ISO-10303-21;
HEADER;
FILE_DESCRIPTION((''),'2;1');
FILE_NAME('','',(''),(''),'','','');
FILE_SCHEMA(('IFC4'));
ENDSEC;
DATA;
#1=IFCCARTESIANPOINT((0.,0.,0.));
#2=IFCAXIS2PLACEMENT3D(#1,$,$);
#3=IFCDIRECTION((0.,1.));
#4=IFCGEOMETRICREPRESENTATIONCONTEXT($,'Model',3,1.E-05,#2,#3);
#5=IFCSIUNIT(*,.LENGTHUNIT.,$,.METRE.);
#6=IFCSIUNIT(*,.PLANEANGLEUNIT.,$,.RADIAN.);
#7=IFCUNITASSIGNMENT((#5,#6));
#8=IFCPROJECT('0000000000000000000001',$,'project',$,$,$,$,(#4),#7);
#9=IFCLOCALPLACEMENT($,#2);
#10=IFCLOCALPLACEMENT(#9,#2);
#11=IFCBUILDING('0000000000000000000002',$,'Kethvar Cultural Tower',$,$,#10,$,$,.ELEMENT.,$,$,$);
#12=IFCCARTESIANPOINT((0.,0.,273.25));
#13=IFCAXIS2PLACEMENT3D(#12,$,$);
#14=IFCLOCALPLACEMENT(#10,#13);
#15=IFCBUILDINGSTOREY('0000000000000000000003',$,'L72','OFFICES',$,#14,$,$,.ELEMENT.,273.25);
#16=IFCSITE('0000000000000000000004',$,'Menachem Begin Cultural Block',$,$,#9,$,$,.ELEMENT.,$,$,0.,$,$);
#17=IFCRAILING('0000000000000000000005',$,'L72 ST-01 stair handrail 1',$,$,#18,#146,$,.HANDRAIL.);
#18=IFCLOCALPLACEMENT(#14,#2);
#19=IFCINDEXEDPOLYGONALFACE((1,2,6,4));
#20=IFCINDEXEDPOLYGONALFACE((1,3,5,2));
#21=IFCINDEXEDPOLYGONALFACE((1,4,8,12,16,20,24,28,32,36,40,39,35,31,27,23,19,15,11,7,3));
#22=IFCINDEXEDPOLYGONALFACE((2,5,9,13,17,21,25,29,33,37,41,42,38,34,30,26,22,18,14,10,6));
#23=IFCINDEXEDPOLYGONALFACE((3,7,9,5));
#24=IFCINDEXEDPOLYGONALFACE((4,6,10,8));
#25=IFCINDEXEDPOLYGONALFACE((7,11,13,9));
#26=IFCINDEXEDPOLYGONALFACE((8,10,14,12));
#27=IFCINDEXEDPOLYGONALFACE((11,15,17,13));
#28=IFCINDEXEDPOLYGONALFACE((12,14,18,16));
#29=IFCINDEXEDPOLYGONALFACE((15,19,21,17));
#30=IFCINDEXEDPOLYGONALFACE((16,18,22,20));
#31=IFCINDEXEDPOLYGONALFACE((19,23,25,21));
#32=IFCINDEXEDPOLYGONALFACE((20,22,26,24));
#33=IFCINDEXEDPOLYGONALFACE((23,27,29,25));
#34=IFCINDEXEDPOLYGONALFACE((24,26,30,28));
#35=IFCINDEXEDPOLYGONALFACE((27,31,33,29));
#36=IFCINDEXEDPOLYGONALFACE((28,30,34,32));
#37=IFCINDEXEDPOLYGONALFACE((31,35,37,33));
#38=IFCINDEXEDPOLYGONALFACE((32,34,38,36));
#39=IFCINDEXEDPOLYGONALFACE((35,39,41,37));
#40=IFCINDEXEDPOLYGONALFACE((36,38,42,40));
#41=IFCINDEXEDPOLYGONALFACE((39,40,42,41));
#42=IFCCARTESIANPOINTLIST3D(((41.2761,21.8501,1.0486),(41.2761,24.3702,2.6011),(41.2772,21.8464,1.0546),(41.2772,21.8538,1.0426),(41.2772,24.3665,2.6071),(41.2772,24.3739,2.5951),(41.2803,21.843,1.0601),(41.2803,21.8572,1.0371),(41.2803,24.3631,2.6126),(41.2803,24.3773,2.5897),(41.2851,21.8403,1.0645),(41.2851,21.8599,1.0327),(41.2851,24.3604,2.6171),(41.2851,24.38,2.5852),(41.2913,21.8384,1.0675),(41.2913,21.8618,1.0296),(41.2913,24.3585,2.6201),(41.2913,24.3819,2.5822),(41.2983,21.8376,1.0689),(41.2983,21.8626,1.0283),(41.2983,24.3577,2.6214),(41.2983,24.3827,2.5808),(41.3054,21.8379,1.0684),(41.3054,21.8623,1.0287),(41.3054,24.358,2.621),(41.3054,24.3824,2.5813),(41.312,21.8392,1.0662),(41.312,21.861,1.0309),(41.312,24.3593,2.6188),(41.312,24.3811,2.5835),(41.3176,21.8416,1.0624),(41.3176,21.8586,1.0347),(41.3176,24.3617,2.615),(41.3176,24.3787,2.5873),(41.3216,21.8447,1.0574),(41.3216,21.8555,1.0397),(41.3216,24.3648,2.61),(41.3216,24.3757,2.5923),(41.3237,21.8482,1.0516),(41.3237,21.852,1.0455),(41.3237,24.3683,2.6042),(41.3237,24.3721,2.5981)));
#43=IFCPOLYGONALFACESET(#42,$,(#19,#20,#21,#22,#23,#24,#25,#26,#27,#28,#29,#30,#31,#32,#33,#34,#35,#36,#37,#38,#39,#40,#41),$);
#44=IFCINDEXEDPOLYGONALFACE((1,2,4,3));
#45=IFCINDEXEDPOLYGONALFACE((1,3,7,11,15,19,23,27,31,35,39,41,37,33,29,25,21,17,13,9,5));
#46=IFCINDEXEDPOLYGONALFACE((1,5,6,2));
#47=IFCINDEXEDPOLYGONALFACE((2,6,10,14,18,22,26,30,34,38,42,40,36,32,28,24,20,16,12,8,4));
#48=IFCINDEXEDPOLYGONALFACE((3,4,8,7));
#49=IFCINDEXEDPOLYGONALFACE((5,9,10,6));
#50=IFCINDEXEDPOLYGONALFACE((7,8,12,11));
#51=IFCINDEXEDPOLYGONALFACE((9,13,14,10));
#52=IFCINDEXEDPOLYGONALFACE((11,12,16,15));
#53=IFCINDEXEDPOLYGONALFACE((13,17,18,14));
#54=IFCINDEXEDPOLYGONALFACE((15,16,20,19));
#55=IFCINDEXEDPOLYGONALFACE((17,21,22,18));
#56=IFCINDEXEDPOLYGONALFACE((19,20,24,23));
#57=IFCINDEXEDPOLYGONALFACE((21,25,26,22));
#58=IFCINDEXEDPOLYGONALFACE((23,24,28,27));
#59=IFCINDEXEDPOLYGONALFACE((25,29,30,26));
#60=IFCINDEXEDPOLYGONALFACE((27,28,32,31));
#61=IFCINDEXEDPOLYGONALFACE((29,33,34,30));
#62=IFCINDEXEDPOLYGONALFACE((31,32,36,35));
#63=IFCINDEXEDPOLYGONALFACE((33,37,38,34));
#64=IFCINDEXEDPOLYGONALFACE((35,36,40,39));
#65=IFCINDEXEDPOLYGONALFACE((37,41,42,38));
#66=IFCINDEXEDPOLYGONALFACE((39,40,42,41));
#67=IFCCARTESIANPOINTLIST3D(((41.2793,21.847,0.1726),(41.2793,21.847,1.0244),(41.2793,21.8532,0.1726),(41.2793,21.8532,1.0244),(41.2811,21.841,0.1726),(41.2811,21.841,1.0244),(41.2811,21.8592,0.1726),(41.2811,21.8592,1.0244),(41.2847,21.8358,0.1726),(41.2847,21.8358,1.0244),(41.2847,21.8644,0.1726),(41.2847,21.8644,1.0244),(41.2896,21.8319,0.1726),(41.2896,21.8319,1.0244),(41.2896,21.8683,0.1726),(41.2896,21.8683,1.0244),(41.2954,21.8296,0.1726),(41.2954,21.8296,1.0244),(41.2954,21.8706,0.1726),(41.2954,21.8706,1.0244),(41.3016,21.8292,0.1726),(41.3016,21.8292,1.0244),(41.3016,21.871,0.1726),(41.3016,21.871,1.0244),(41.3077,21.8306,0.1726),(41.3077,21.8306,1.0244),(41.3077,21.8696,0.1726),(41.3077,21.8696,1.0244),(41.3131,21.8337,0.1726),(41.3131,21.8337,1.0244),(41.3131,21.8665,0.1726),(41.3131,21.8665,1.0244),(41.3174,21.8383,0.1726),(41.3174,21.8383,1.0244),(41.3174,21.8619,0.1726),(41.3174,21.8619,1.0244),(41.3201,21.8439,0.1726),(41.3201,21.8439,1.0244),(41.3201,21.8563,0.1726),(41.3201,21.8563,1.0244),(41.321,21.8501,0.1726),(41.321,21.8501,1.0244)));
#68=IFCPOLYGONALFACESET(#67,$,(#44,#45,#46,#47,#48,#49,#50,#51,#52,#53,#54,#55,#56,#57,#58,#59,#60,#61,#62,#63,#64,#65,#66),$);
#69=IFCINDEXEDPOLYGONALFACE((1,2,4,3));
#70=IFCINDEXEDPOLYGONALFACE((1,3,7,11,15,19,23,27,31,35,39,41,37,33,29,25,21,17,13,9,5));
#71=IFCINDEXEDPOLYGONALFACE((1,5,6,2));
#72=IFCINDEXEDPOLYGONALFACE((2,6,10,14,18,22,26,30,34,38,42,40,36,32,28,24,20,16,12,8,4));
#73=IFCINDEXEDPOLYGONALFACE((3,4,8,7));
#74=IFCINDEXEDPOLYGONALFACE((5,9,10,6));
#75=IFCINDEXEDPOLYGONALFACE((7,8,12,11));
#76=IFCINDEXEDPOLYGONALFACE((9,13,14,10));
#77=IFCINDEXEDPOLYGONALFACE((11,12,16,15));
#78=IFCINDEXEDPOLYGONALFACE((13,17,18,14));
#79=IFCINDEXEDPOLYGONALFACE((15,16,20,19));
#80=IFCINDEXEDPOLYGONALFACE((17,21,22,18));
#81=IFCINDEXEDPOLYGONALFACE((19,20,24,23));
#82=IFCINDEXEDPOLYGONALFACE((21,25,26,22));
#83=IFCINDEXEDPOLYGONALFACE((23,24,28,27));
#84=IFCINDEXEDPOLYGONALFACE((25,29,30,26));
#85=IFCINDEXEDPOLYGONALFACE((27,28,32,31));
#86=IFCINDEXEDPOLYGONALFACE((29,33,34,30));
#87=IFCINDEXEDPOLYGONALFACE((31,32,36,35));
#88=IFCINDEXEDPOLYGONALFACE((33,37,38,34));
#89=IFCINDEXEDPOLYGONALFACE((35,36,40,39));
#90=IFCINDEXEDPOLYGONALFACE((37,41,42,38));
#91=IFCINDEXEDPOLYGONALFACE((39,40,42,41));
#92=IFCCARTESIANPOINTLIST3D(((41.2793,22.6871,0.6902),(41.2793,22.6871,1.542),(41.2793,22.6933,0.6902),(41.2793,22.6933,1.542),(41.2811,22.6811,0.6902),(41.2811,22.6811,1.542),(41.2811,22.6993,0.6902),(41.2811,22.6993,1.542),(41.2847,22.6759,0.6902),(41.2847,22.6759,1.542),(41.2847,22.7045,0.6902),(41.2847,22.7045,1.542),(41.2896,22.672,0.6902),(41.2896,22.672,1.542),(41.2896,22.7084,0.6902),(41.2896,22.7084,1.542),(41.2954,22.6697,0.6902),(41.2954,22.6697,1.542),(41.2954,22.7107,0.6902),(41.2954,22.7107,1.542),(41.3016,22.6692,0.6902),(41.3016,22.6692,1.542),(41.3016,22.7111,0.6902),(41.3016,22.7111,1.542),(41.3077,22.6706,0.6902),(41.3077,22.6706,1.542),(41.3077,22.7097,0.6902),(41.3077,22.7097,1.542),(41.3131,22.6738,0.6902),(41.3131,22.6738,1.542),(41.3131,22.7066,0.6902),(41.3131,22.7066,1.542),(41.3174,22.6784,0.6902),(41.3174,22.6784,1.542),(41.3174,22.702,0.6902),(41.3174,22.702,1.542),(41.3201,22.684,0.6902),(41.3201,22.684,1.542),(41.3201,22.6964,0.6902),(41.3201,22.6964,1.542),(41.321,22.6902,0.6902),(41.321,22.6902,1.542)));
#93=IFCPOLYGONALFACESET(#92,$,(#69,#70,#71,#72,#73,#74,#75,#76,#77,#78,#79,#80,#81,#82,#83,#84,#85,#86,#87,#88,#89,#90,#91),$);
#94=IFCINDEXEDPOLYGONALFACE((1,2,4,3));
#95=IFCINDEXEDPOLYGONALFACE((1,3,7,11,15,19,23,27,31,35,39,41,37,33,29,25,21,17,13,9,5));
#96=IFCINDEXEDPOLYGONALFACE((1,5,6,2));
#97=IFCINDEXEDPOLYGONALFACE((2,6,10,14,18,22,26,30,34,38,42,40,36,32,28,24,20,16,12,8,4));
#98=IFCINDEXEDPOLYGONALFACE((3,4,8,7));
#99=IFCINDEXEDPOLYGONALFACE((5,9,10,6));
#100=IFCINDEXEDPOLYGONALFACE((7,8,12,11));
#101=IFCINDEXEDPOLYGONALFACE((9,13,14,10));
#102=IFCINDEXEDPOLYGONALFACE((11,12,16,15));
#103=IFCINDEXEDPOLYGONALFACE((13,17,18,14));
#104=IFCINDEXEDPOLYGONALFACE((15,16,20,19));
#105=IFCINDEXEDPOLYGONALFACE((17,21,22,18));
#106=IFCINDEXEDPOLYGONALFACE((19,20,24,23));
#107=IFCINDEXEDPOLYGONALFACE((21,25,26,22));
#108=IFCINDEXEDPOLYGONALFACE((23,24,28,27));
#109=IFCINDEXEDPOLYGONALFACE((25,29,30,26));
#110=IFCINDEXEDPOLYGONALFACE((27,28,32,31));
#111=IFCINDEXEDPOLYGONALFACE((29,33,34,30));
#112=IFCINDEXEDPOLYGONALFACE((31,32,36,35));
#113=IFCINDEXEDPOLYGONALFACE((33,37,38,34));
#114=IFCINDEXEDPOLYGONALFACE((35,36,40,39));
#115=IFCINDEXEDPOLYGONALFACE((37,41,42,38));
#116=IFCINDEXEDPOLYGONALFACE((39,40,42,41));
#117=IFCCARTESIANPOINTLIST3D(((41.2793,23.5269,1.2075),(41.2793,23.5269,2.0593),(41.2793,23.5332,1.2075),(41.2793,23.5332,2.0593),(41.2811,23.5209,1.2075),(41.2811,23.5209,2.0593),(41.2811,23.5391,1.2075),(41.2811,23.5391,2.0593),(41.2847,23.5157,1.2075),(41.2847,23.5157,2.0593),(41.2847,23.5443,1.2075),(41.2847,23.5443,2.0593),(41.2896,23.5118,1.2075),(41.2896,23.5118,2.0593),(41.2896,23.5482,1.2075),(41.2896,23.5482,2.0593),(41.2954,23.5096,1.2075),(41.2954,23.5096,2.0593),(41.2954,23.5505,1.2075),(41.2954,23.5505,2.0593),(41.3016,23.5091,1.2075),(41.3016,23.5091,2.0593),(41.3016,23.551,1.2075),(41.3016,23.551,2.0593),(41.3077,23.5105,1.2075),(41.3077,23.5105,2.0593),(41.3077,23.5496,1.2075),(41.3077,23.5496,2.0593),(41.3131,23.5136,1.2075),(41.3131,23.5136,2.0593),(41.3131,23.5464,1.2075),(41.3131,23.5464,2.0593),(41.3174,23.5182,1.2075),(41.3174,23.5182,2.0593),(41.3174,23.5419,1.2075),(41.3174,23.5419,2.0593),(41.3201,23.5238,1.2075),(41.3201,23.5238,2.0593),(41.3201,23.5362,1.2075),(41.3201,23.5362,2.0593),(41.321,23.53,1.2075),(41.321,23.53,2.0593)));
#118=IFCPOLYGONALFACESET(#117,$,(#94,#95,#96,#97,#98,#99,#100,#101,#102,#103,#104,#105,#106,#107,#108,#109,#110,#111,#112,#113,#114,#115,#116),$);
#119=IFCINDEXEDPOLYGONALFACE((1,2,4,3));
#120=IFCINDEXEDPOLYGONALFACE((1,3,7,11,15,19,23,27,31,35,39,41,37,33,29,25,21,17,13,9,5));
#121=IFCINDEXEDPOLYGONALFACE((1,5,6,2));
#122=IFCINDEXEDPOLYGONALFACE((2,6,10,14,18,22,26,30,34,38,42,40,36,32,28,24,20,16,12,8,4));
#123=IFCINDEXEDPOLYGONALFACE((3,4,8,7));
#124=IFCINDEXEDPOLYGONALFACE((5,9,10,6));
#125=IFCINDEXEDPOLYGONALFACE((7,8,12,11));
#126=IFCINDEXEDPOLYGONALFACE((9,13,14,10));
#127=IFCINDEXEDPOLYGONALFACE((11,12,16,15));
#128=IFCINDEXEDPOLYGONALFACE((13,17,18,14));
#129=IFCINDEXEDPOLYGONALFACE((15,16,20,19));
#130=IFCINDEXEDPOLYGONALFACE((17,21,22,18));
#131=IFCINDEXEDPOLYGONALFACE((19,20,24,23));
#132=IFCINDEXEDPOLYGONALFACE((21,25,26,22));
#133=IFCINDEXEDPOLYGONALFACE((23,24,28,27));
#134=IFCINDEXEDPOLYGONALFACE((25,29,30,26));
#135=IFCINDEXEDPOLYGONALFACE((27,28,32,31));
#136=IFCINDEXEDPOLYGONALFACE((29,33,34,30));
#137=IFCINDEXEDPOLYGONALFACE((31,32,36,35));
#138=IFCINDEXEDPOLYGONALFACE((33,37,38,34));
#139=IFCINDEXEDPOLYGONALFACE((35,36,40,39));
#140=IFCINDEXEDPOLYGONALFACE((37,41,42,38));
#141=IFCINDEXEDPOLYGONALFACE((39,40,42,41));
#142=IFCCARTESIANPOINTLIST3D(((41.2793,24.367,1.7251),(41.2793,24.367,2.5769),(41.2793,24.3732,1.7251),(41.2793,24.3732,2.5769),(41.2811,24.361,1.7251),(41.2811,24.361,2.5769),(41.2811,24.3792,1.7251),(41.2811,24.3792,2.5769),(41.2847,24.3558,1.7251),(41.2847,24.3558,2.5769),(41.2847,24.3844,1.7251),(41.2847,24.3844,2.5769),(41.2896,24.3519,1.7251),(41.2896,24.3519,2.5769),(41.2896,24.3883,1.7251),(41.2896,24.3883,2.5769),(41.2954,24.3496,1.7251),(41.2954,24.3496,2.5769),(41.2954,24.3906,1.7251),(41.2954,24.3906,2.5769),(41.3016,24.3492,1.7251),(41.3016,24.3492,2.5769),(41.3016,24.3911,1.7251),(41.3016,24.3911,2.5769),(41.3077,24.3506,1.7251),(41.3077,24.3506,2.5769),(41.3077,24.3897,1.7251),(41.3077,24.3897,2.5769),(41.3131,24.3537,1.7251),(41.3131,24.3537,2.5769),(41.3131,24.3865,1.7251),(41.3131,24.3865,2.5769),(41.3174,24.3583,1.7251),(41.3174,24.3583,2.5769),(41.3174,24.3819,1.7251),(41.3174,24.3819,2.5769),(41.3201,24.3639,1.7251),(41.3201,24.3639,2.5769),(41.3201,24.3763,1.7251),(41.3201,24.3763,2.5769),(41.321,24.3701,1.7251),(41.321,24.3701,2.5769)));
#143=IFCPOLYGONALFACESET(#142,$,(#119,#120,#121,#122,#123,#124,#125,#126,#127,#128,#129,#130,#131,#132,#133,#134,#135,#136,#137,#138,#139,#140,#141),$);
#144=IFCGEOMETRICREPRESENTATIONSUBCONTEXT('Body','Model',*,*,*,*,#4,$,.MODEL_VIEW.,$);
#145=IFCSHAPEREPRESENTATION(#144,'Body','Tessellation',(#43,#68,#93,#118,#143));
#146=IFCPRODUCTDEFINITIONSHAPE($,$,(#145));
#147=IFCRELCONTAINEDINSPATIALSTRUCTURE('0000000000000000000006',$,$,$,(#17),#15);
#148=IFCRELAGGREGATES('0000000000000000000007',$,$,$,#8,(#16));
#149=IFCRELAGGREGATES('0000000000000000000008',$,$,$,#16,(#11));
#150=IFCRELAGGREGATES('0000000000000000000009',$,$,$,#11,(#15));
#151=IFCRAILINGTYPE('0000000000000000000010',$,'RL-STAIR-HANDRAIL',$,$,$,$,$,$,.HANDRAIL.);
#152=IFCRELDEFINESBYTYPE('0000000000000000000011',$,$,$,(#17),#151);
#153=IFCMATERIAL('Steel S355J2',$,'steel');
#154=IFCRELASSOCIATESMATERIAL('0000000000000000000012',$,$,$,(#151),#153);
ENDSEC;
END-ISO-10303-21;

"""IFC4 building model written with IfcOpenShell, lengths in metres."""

from ifc_helpers import new_model, si_unit, direction, frame, origin, origin_2d, place, context, subcontext, project, spatial, circle, extrude, material, type_object, element, save


model = new_model("IFC4")

# Units and contexts
model_context = context("Model", 3, precision=1e-05, world=origin(), true_north=direction((0.0, 1.0)))
body_context = subcontext(model_context, "Body", "Model", "MODEL_VIEW")
ifc_project = project(units=[si_unit("LENGTHUNIT", "METRE"), si_unit("PLANEANGLEUNIT", "RADIAN")], contexts=[model_context])

# Site, building, storey
site_placement = place(None, origin())
site = spatial("IfcSite", under=ifc_project, at=site_placement, Name="Menachem Begin Cultural Block", CompositionType="ELEMENT", RefElevation=0.0)
building_placement = place(site_placement, origin())
building = spatial("IfcBuilding", under=site, at=building_placement, Name="Kethvar Cultural Tower", CompositionType="ELEMENT")
storey_placement = place(building_placement, frame((0.0, 0.0, 273.25)))
storey = spatial("IfcBuildingStorey", under=building, at=storey_placement, Name="L72", Description="OFFICES", CompositionType="ELEMENT", Elevation=273.25)

# Shared definitions
ifc_material_1 = material(Name="Steel S355J2", Category="steel")

# Railing
railing_type_1 = type_object("IfcRailingType", Name="RL-STAIR-HANDRAIL", PredefinedType="HANDRAIL", material=ifc_material_1)
railing_1_placement = place(storey_placement, frame((41.3, 21.8501, 0.1726)))
element("IfcRailing", 1, at=railing_1_placement, inside=storey, type_object=railing_type_1, Name="L72 ST-01 stair handrail 1", PredefinedType="HANDRAIL", context=body_context, shape_type="SweptSolid", body=[
    extrude(circle(Radius=0.0239, at=origin_2d()), frame((0.0, 0.0, 0.876), z_axis=(0.0, 0.8514, 0.524516), x_axis=(-1.0, 0.0, 0.0)), (0.0, 0.0, 1.0), 2.96),
    extrude(circle(Radius=0.021, at=origin_2d()), origin(), (0.0, 0.0, 1.0), 0.8518),
    extrude(circle(Radius=0.021, at=origin_2d()), frame((0.0, 0.8401, 0.5176)), (0.0, 0.0, 1.0), 0.8518),
    extrude(circle(Radius=0.021, at=origin_2d()), frame((0.0, 1.6799, 1.0349)), (0.0, 0.0, 1.0), 0.8518),
    extrude(circle(Radius=0.021, at=origin_2d()), frame((0.0, 2.52, 1.5525)), (0.0, 0.0, 1.0), 0.8518),
])

save(model, "model.ifc")
